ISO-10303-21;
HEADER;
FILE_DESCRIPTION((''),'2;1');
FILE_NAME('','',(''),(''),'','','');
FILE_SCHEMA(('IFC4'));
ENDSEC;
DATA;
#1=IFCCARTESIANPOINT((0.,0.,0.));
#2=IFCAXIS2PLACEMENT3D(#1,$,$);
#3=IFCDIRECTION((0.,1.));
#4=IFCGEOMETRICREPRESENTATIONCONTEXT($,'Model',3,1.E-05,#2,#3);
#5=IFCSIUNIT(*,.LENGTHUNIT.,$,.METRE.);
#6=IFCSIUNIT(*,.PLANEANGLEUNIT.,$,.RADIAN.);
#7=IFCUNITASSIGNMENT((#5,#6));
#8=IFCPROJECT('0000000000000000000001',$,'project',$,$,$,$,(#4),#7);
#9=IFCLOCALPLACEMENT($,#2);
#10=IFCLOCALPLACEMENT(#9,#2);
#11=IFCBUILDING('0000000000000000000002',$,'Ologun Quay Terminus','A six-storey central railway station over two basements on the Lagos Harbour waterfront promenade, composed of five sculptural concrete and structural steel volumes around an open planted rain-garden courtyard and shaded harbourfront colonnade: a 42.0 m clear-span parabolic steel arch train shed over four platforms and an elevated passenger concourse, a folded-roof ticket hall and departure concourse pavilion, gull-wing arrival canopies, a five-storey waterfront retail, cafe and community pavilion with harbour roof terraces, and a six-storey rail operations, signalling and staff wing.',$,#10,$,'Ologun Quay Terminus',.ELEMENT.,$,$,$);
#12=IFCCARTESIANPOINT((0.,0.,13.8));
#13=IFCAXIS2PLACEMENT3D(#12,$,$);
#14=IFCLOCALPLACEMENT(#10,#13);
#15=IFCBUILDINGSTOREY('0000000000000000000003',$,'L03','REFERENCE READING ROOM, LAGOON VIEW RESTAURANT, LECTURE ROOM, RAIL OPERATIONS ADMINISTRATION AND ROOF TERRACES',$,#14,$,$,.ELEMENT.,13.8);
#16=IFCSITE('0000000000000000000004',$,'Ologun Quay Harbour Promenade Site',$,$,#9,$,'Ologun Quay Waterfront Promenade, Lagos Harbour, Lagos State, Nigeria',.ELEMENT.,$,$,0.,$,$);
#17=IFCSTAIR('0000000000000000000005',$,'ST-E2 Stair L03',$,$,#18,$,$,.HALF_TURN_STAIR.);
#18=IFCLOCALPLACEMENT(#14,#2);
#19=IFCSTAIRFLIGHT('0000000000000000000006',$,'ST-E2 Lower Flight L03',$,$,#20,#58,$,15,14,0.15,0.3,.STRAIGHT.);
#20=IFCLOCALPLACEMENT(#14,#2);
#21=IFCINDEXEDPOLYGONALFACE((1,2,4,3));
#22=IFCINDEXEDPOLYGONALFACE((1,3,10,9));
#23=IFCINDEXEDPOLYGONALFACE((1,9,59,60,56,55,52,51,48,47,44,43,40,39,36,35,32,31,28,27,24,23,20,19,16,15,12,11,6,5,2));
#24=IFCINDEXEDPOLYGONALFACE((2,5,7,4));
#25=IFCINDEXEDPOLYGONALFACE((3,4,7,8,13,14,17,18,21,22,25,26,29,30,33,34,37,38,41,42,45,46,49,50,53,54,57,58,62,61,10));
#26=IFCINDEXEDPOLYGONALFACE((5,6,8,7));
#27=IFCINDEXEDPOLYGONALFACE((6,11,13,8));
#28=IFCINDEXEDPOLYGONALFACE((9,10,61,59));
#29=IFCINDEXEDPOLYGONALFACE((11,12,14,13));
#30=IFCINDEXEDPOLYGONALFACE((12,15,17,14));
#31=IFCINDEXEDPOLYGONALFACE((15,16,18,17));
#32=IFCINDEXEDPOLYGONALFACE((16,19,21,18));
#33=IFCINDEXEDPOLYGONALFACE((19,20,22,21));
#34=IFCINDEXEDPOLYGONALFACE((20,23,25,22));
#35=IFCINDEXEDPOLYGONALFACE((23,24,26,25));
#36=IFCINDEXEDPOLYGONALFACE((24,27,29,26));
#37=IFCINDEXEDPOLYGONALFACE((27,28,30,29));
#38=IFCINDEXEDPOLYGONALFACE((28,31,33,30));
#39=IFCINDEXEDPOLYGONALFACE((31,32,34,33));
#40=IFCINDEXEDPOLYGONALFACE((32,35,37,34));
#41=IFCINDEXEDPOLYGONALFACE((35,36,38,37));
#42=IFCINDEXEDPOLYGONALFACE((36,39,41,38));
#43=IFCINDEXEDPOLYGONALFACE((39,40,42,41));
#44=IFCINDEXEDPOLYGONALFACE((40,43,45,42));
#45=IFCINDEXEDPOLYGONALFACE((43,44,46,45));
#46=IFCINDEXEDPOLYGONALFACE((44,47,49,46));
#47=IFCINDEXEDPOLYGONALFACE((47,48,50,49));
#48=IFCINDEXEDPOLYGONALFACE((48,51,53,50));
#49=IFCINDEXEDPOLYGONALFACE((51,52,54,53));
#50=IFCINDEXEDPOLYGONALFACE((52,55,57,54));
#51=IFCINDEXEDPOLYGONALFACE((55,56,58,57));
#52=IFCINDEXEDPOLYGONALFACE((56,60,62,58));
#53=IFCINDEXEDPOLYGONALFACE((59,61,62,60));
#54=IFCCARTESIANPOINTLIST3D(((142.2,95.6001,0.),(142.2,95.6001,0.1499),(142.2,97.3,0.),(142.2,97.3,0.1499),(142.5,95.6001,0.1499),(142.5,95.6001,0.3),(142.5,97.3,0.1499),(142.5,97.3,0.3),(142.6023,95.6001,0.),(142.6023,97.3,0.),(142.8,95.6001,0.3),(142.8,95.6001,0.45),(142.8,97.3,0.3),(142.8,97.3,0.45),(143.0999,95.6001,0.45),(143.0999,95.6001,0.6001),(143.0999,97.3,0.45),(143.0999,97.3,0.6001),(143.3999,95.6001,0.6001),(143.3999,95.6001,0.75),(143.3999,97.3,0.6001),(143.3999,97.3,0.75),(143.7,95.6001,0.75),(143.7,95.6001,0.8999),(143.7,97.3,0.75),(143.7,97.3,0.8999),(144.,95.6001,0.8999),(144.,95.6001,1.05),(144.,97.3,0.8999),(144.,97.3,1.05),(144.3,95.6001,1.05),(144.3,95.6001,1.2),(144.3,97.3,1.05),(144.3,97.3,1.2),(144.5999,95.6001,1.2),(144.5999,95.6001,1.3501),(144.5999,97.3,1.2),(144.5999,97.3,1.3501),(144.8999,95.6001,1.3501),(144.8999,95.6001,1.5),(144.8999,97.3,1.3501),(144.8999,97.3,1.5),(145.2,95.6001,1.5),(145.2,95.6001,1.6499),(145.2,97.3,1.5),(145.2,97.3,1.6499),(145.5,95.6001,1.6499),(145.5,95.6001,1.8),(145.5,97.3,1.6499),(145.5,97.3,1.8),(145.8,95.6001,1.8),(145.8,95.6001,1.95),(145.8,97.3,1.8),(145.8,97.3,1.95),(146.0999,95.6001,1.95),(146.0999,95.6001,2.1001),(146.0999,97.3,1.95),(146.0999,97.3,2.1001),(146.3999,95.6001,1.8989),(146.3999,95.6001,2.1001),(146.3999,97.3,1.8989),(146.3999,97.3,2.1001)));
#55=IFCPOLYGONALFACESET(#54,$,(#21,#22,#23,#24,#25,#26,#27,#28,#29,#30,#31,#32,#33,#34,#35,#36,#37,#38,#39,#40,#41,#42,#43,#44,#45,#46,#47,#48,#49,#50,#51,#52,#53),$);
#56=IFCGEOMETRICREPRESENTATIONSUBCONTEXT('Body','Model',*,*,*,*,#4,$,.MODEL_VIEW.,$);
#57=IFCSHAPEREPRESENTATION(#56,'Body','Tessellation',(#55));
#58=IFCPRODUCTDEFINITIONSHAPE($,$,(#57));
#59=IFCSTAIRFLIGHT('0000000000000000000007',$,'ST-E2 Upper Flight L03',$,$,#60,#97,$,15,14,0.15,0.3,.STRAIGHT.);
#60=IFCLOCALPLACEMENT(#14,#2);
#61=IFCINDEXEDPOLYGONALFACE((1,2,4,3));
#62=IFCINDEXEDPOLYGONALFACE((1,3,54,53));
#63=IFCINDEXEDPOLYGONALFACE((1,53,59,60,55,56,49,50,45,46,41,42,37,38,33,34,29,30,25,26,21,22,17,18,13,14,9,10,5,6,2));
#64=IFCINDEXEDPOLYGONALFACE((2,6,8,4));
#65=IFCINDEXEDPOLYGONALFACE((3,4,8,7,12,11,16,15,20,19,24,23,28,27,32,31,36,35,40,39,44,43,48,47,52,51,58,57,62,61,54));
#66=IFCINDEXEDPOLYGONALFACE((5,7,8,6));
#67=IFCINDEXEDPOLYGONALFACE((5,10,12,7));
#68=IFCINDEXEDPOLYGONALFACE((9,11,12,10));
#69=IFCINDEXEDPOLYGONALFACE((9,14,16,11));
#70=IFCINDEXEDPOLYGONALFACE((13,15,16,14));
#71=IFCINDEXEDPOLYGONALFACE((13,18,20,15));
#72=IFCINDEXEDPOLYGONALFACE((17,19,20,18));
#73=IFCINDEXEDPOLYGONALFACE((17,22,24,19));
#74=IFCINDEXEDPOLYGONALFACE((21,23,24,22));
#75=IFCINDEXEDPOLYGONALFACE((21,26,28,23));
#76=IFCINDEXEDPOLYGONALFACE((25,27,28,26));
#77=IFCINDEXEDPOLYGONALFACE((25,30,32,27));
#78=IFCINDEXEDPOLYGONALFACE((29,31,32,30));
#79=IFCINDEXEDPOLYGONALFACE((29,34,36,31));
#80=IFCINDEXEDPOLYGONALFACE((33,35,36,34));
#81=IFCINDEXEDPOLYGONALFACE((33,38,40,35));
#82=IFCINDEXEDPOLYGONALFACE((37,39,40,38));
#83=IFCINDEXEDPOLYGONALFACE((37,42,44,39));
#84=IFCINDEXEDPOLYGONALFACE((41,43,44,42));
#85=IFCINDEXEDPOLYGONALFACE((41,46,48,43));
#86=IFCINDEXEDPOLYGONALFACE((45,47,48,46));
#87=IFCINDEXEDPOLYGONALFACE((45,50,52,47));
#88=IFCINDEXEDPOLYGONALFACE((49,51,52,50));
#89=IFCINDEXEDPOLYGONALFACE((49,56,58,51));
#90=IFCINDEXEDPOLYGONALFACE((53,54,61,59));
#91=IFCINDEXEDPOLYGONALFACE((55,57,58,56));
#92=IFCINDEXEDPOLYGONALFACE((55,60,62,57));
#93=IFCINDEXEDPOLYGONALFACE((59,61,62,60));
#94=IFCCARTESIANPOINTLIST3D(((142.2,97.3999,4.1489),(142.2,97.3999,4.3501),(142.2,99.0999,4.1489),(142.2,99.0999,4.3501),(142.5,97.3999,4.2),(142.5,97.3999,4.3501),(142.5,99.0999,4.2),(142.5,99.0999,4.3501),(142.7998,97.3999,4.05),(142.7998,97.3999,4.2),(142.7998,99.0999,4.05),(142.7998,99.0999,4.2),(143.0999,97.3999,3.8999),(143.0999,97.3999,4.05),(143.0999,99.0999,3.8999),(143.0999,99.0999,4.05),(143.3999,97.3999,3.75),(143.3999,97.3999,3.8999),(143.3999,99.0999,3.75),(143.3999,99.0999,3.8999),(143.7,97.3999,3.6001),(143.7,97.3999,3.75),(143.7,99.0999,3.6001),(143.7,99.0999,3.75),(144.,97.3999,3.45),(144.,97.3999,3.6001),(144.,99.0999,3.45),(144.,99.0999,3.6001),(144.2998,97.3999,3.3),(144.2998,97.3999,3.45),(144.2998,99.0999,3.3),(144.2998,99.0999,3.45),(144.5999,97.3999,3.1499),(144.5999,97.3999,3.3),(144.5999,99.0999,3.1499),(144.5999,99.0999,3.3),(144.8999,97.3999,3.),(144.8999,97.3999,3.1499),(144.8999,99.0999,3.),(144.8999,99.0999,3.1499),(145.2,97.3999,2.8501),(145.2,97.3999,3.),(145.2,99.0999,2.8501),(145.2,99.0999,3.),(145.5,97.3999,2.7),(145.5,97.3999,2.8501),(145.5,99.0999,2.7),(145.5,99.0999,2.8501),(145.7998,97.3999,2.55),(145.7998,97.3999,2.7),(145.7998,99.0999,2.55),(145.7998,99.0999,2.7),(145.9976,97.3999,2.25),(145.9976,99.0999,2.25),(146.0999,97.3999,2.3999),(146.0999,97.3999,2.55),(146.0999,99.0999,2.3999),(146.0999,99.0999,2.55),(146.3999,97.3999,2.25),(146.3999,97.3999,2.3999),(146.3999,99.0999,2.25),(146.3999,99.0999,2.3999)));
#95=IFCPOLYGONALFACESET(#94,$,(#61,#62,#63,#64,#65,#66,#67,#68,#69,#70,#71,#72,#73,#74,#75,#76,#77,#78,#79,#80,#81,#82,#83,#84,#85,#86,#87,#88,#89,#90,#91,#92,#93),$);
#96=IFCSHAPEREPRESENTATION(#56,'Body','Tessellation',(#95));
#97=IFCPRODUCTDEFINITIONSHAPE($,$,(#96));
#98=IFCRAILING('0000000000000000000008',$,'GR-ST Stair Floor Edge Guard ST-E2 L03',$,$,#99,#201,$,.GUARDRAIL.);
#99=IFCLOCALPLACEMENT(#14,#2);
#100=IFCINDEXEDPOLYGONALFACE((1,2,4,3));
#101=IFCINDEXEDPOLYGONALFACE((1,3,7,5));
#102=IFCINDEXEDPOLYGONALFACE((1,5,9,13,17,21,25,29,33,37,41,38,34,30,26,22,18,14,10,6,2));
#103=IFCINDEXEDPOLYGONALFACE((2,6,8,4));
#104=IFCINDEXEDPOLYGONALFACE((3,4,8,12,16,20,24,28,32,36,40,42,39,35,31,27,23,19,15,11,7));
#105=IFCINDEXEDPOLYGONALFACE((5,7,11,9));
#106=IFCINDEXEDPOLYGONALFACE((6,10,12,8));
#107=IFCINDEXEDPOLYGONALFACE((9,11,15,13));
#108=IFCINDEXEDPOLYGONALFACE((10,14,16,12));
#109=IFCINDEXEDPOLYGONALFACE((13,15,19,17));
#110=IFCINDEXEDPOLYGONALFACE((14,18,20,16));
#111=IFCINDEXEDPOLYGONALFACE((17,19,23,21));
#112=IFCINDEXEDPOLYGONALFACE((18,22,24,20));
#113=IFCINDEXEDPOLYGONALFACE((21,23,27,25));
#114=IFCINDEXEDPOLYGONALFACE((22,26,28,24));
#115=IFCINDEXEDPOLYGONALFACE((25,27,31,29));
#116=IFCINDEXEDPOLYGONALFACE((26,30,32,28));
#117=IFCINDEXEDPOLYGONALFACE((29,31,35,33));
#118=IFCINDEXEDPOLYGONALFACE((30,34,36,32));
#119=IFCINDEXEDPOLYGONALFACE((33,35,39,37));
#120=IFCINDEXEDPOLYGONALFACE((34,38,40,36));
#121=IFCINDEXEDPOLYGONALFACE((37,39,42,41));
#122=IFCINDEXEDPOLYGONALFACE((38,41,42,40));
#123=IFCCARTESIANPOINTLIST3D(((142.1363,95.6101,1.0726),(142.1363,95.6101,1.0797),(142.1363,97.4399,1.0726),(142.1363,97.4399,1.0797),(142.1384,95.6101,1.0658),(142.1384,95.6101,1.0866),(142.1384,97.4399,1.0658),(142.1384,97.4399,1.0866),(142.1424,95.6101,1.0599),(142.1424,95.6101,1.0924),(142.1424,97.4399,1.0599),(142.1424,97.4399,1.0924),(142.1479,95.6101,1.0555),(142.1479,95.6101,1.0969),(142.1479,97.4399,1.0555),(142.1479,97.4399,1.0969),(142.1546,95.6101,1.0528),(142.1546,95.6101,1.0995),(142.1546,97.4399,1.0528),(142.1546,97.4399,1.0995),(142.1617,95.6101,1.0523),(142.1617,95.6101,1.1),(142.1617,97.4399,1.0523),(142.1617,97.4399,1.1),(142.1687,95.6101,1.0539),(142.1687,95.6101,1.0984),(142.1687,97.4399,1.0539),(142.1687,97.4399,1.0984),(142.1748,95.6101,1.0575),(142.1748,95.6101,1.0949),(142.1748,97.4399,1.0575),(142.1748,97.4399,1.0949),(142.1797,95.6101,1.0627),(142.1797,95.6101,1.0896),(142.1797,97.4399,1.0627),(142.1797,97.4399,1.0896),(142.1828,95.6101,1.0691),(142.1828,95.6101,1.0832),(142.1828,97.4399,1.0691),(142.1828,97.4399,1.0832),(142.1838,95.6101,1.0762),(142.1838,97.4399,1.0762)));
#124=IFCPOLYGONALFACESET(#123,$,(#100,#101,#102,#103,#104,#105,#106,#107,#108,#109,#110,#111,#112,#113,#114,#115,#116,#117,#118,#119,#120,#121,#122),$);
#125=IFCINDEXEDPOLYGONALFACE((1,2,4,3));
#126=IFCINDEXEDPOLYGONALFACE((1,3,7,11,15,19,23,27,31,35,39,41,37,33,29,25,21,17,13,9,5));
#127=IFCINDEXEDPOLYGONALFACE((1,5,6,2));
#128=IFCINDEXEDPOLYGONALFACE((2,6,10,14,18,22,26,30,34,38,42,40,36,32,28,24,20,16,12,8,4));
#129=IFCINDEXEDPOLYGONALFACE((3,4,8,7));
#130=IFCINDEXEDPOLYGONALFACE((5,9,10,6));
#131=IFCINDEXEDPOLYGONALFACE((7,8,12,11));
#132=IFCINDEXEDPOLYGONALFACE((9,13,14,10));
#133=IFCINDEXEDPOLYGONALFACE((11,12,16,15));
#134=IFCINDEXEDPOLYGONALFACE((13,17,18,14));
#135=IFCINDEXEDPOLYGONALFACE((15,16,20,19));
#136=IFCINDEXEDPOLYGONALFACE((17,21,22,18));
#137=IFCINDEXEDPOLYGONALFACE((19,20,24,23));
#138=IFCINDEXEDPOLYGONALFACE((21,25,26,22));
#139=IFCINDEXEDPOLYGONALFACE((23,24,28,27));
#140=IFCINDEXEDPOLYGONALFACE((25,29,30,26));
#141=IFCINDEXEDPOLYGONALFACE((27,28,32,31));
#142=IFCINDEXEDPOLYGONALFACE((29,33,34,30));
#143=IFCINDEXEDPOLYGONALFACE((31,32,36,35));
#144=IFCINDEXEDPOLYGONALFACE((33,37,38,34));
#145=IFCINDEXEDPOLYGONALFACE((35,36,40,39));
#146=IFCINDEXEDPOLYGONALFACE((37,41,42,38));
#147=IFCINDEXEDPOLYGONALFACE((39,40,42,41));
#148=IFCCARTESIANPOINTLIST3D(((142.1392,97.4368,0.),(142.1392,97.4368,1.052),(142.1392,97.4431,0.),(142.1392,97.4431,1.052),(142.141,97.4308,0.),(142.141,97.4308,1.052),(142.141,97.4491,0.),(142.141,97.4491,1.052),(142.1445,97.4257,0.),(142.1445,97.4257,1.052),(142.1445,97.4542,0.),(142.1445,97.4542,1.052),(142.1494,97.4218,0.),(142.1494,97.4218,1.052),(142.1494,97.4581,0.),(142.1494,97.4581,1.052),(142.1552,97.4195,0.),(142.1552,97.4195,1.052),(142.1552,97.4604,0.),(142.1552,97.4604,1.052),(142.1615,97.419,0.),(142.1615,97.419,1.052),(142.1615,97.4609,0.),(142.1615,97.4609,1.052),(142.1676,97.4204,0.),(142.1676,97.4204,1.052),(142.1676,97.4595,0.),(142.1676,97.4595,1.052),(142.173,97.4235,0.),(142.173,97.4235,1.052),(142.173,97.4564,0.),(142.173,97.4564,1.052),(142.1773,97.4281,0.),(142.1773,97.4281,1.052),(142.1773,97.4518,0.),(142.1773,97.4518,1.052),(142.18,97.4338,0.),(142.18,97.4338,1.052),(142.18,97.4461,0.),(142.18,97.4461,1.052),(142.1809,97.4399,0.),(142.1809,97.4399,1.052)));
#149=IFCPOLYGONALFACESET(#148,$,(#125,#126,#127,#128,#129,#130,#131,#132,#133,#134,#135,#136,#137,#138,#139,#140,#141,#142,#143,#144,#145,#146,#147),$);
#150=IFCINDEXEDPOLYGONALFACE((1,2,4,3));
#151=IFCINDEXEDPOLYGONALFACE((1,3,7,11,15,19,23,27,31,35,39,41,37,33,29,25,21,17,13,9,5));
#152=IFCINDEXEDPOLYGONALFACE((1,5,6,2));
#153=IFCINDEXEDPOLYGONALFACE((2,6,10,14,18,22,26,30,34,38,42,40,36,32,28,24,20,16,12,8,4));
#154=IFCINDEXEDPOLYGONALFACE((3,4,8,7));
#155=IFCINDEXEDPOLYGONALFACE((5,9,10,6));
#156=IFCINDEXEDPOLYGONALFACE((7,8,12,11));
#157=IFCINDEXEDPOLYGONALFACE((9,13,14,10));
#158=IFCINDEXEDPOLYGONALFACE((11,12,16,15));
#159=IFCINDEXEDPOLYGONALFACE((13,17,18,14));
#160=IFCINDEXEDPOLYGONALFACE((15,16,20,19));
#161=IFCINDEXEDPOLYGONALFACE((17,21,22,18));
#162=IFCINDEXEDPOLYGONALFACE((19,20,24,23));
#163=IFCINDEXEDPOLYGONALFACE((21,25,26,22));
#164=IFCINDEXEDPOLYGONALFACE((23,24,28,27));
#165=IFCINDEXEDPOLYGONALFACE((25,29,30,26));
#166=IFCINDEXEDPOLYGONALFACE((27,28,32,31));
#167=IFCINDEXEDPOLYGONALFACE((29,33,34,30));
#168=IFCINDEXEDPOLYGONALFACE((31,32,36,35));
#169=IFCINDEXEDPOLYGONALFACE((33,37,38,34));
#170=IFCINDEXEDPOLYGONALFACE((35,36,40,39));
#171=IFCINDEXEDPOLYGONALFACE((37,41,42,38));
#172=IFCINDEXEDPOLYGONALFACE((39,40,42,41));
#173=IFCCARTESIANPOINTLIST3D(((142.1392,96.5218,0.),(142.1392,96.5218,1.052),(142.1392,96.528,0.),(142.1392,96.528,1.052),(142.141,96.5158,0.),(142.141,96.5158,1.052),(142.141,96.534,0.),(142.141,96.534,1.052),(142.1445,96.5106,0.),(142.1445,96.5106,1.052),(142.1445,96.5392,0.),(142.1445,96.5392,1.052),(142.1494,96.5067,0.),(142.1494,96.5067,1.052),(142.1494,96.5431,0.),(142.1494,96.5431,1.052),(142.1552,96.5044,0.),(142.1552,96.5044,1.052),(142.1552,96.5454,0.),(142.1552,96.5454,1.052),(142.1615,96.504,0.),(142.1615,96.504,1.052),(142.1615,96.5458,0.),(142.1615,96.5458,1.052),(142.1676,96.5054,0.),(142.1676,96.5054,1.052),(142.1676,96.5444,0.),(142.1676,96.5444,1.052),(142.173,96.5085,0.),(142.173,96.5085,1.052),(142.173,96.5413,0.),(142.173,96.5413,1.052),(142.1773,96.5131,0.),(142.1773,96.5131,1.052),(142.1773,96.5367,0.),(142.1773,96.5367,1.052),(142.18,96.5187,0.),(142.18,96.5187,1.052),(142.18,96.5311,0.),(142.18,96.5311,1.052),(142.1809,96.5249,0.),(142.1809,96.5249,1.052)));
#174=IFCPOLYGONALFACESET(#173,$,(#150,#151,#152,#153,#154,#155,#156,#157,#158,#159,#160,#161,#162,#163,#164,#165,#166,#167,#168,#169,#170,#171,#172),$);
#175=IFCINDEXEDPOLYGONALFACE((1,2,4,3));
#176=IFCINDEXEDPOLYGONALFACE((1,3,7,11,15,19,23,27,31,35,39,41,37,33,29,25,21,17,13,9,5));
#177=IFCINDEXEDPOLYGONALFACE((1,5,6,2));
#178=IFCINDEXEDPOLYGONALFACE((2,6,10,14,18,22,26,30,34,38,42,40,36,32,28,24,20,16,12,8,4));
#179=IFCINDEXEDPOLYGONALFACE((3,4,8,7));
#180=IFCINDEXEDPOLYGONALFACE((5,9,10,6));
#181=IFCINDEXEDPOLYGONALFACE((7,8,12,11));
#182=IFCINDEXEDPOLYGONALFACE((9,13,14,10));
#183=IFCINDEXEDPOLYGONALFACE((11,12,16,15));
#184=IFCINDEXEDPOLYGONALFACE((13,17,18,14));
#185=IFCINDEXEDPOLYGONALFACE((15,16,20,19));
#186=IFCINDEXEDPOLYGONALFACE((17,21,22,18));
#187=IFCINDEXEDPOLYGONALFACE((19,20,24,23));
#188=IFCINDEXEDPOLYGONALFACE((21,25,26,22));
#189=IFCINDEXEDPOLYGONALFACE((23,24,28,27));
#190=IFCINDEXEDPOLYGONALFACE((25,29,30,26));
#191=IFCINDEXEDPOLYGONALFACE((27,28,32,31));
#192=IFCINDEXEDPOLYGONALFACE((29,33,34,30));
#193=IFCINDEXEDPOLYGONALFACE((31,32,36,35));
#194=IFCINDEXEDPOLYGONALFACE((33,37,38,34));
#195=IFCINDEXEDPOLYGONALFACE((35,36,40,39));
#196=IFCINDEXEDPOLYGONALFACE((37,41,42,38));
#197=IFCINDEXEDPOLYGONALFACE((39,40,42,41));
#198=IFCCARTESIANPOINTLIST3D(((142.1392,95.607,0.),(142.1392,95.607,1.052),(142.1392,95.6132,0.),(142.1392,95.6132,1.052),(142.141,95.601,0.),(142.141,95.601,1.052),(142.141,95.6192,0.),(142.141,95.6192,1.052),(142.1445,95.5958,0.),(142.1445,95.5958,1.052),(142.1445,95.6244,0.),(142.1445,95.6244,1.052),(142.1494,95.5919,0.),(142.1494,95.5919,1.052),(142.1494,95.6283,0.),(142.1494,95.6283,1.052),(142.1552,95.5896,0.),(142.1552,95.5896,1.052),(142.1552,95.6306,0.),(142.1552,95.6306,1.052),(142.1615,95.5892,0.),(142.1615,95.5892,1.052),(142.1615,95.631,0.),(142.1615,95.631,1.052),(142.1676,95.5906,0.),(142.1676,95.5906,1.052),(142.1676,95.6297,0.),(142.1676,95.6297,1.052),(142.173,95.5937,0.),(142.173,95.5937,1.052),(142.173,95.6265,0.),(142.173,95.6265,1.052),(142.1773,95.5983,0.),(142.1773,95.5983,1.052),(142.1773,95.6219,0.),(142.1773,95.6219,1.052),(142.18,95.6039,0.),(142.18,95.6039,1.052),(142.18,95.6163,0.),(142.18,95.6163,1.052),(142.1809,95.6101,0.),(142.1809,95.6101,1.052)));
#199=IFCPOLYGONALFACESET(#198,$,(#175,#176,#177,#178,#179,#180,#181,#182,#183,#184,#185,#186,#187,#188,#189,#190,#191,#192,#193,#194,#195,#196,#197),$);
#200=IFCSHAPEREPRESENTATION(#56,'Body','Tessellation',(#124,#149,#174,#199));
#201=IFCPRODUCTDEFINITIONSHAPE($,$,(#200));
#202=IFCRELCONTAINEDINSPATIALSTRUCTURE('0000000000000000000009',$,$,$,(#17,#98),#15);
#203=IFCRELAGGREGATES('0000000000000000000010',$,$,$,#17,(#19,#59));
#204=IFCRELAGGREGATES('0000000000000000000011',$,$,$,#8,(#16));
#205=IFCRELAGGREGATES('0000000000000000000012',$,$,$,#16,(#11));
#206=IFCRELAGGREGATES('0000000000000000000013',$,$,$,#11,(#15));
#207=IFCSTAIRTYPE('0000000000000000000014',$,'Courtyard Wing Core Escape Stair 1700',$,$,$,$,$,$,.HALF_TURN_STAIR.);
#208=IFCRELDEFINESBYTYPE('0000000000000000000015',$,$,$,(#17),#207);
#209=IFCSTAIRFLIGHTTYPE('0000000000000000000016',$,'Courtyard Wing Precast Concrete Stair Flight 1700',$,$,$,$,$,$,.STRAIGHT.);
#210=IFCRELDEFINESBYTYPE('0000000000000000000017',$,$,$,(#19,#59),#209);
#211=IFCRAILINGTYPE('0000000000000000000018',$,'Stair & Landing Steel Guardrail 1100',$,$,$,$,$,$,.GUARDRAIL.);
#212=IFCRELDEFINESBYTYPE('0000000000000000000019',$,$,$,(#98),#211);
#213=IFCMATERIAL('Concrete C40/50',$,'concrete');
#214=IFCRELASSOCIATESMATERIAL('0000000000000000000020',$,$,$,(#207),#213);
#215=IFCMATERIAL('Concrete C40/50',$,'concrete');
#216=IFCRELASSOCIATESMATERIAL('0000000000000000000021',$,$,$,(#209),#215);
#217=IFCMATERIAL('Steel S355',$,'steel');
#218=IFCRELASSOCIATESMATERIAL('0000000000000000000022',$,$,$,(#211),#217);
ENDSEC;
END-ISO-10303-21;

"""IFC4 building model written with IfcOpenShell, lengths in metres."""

from ifc_helpers import new_model, si_unit, direction, frame, origin, origin_2d, place, context, subcontext, project, spatial, polyline, circle, outline, extrude, material, type_object, element, aggregate, save


model = new_model("IFC4")

# Units and contexts
model_context = context("Model", 3, precision=1e-05, world=origin(), true_north=direction((0.0, 1.0)))
body_context = subcontext(model_context, "Body", "Model", "MODEL_VIEW")
ifc_project = project(units=[si_unit("LENGTHUNIT", "METRE"), si_unit("PLANEANGLEUNIT", "RADIAN")], contexts=[model_context])

# Site, building, storey
site_placement = place(None, origin())
site = spatial("IfcSite", under=ifc_project, at=site_placement, Name="Ologun Quay Harbour Promenade Site", LongName="Ologun Quay Waterfront Promenade, Lagos Harbour, Lagos State, Nigeria", CompositionType="ELEMENT", RefElevation=0.0)
building_placement = place(site_placement, origin())
building = spatial("IfcBuilding", under=site, at=building_placement, Name="Ologun Quay Terminus", Description="A six-storey central railway station over two basements on the Lagos Harbour waterfront promenade, composed of five sculptural concrete and structural steel volumes around an open planted rain-garden courtyard and shaded harbourfront colonnade: a 42.0 m clear-span parabolic steel arch train shed over four platforms and an elevated passenger concourse, a folded-roof ticket hall and departure concourse pavilion, gull-wing arrival canopies, a five-storey waterfront retail, cafe and community pavilion with harbour roof terraces, and a six-storey rail operations, signalling and staff wing.", LongName="Ologun Quay Terminus", CompositionType="ELEMENT")
storey_placement = place(building_placement, frame((0.0, 0.0, 13.8)))
storey = spatial("IfcBuildingStorey", under=building, at=storey_placement, Name="L03", Description="REFERENCE READING ROOM, LAGOON VIEW RESTAURANT, LECTURE ROOM, RAIL OPERATIONS ADMINISTRATION AND ROOF TERRACES", CompositionType="ELEMENT", Elevation=13.8)

# Stair, stair flights
ifc_material_1 = material(Name="Concrete C40/50", Category="concrete")
stair_type = type_object("IfcStairType", Name="Courtyard Wing Core Escape Stair 1700", PredefinedType="HALF_TURN_STAIR", material=ifc_material_1)
stair_placement = place(storey_placement, origin())
stair = element("IfcStair", 1, at=stair_placement, inside=storey, type_object=stair_type, Name="ST-E2 Stair L03", PredefinedType="HALF_TURN_STAIR")
ifc_material_2 = material(Name="Concrete C40/50", Category="concrete")
stair_flight_type = type_object("IfcStairFlightType", Name="Courtyard Wing Precast Concrete Stair Flight 1700", PredefinedType="STRAIGHT", material=ifc_material_2)
stair_flight_1_placement = place(storey_placement, frame((142.2, 96.45, 0.0), z_axis=(0.0, 0.0, 1.0), x_axis=(1.0, 0.0, 0.0)))
stair_flight_1 = element("IfcStairFlight", 2, at=stair_flight_1_placement, type_object=stair_flight_type, Name="ST-E2 Lower Flight L03", NumberOfRisers=15, NumberOfTreads=14, PredefinedType="STRAIGHT", RiserHeight=0.15, TreadLength=0.3, context=body_context, shape_type="SweptSolid", body=[
    extrude(outline(polyline([(0.0, 0.0), (0.0, 0.1499), (0.3, 0.1499), (0.3, 0.3), (0.6001, 0.3), (0.6001, 0.45), (0.8999, 0.45), (0.8999, 0.6001), (1.2, 0.6001), (1.2, 0.75), (1.5, 0.75), (1.5, 0.8999), (1.8, 0.8999), (1.8, 1.05), (2.1001, 1.05), (2.1001, 1.2), (2.3999, 1.2), (2.3999, 1.3501), (2.7, 1.3501), (2.7, 1.5), (3.0, 1.5), (3.0, 1.6499), (3.3, 1.6499), (3.3, 1.8), (3.6001, 1.8), (3.6001, 1.95), (3.8999, 1.95), (3.8999, 2.1001), (4.2, 2.1001), (4.2, 2.25), (4.2, 1.8989), (0.4023, 0.0), (0.0, 0.0)])), frame((0.0, 0.8501, 0.0), z_axis=(0.0, -1.0, 0.0), x_axis=(1.0, 0.0, 0.0)), (0.0, 0.0, 1.0), 1.7),
])
stair_flight_2_placement = place(storey_placement, frame((146.3999, 98.25, 2.25), z_axis=(0.0, 0.0, 1.0), x_axis=(-1.0, 0.0, 0.0)))
stair_flight_2 = element("IfcStairFlight", 3, at=stair_flight_2_placement, type_object=stair_flight_type, Name="ST-E2 Upper Flight L03", NumberOfRisers=15, NumberOfTreads=14, PredefinedType="STRAIGHT", RiserHeight=0.15, TreadLength=0.3, context=body_context, shape_type="SweptSolid", body=[
    extrude(outline(polyline([(0.0, 0.0), (0.0, 0.1499), (0.3, 0.1499), (0.3, 0.3), (0.6001, 0.3), (0.6001, 0.45), (0.8999, 0.45), (0.8999, 0.6001), (1.2, 0.6001), (1.2, 0.75), (1.5, 0.75), (1.5, 0.8999), (1.8, 0.8999), (1.8, 1.05), (2.1001, 1.05), (2.1001, 1.2), (2.3999, 1.2), (2.3999, 1.3501), (2.7, 1.3501), (2.7, 1.5), (3.0, 1.5), (3.0, 1.6499), (3.3, 1.6499), (3.3, 1.8), (3.6001, 1.8), (3.6001, 1.95), (3.8999, 1.95), (3.8999, 2.1001), (4.2, 2.1001), (4.2, 2.25), (4.2, 1.8989), (0.4023, 0.0), (0.0, 0.0)])), frame((0.0, 0.8501, 0.0), z_axis=(0.0, -1.0, 0.0), x_axis=(1.0, 0.0, 0.0)), (0.0, 0.0, 1.0), 1.7),
])
aggregate(stair, [stair_flight_1, stair_flight_2])

# Railing
ifc_material_3 = material(Name="Steel S355", Category="steel")
railing_type_1 = type_object("IfcRailingType", Name="Stair & Landing Steel Guardrail 1100", PredefinedType="GUARDRAIL", material=ifc_material_3)
railing_1_placement = place(storey_placement, frame((142.1599, 97.4399, 0.0)))
element("IfcRailing", 4, at=railing_1_placement, inside=storey, type_object=railing_type_1, Name="GR-ST Stair Floor Edge Guard ST-E2 L03", PredefinedType="GUARDRAIL", context=body_context, shape_type="SweptSolid", body=[
    extrude(circle(Radius=0.0239, at=origin_2d()), frame((0.0, 0.0, 1.0762), z_axis=(0.0, -1.0, 0.0), x_axis=(1.0, 0.0, 0.0)), (0.0, 0.0, 1.0), 1.8298),
    extrude(circle(Radius=0.021, at=origin_2d()), origin(), (0.0, 0.0, 1.0), 1.052),
    extrude(circle(Radius=0.021, at=origin_2d()), frame((0.0, -0.915, 0.0)), (0.0, 0.0, 1.0), 1.052),
    extrude(circle(Radius=0.021, at=origin_2d()), frame((0.0, -1.8298, 0.0)), (0.0, 0.0, 1.0), 1.052),
])

save(model, "model.ifc")
